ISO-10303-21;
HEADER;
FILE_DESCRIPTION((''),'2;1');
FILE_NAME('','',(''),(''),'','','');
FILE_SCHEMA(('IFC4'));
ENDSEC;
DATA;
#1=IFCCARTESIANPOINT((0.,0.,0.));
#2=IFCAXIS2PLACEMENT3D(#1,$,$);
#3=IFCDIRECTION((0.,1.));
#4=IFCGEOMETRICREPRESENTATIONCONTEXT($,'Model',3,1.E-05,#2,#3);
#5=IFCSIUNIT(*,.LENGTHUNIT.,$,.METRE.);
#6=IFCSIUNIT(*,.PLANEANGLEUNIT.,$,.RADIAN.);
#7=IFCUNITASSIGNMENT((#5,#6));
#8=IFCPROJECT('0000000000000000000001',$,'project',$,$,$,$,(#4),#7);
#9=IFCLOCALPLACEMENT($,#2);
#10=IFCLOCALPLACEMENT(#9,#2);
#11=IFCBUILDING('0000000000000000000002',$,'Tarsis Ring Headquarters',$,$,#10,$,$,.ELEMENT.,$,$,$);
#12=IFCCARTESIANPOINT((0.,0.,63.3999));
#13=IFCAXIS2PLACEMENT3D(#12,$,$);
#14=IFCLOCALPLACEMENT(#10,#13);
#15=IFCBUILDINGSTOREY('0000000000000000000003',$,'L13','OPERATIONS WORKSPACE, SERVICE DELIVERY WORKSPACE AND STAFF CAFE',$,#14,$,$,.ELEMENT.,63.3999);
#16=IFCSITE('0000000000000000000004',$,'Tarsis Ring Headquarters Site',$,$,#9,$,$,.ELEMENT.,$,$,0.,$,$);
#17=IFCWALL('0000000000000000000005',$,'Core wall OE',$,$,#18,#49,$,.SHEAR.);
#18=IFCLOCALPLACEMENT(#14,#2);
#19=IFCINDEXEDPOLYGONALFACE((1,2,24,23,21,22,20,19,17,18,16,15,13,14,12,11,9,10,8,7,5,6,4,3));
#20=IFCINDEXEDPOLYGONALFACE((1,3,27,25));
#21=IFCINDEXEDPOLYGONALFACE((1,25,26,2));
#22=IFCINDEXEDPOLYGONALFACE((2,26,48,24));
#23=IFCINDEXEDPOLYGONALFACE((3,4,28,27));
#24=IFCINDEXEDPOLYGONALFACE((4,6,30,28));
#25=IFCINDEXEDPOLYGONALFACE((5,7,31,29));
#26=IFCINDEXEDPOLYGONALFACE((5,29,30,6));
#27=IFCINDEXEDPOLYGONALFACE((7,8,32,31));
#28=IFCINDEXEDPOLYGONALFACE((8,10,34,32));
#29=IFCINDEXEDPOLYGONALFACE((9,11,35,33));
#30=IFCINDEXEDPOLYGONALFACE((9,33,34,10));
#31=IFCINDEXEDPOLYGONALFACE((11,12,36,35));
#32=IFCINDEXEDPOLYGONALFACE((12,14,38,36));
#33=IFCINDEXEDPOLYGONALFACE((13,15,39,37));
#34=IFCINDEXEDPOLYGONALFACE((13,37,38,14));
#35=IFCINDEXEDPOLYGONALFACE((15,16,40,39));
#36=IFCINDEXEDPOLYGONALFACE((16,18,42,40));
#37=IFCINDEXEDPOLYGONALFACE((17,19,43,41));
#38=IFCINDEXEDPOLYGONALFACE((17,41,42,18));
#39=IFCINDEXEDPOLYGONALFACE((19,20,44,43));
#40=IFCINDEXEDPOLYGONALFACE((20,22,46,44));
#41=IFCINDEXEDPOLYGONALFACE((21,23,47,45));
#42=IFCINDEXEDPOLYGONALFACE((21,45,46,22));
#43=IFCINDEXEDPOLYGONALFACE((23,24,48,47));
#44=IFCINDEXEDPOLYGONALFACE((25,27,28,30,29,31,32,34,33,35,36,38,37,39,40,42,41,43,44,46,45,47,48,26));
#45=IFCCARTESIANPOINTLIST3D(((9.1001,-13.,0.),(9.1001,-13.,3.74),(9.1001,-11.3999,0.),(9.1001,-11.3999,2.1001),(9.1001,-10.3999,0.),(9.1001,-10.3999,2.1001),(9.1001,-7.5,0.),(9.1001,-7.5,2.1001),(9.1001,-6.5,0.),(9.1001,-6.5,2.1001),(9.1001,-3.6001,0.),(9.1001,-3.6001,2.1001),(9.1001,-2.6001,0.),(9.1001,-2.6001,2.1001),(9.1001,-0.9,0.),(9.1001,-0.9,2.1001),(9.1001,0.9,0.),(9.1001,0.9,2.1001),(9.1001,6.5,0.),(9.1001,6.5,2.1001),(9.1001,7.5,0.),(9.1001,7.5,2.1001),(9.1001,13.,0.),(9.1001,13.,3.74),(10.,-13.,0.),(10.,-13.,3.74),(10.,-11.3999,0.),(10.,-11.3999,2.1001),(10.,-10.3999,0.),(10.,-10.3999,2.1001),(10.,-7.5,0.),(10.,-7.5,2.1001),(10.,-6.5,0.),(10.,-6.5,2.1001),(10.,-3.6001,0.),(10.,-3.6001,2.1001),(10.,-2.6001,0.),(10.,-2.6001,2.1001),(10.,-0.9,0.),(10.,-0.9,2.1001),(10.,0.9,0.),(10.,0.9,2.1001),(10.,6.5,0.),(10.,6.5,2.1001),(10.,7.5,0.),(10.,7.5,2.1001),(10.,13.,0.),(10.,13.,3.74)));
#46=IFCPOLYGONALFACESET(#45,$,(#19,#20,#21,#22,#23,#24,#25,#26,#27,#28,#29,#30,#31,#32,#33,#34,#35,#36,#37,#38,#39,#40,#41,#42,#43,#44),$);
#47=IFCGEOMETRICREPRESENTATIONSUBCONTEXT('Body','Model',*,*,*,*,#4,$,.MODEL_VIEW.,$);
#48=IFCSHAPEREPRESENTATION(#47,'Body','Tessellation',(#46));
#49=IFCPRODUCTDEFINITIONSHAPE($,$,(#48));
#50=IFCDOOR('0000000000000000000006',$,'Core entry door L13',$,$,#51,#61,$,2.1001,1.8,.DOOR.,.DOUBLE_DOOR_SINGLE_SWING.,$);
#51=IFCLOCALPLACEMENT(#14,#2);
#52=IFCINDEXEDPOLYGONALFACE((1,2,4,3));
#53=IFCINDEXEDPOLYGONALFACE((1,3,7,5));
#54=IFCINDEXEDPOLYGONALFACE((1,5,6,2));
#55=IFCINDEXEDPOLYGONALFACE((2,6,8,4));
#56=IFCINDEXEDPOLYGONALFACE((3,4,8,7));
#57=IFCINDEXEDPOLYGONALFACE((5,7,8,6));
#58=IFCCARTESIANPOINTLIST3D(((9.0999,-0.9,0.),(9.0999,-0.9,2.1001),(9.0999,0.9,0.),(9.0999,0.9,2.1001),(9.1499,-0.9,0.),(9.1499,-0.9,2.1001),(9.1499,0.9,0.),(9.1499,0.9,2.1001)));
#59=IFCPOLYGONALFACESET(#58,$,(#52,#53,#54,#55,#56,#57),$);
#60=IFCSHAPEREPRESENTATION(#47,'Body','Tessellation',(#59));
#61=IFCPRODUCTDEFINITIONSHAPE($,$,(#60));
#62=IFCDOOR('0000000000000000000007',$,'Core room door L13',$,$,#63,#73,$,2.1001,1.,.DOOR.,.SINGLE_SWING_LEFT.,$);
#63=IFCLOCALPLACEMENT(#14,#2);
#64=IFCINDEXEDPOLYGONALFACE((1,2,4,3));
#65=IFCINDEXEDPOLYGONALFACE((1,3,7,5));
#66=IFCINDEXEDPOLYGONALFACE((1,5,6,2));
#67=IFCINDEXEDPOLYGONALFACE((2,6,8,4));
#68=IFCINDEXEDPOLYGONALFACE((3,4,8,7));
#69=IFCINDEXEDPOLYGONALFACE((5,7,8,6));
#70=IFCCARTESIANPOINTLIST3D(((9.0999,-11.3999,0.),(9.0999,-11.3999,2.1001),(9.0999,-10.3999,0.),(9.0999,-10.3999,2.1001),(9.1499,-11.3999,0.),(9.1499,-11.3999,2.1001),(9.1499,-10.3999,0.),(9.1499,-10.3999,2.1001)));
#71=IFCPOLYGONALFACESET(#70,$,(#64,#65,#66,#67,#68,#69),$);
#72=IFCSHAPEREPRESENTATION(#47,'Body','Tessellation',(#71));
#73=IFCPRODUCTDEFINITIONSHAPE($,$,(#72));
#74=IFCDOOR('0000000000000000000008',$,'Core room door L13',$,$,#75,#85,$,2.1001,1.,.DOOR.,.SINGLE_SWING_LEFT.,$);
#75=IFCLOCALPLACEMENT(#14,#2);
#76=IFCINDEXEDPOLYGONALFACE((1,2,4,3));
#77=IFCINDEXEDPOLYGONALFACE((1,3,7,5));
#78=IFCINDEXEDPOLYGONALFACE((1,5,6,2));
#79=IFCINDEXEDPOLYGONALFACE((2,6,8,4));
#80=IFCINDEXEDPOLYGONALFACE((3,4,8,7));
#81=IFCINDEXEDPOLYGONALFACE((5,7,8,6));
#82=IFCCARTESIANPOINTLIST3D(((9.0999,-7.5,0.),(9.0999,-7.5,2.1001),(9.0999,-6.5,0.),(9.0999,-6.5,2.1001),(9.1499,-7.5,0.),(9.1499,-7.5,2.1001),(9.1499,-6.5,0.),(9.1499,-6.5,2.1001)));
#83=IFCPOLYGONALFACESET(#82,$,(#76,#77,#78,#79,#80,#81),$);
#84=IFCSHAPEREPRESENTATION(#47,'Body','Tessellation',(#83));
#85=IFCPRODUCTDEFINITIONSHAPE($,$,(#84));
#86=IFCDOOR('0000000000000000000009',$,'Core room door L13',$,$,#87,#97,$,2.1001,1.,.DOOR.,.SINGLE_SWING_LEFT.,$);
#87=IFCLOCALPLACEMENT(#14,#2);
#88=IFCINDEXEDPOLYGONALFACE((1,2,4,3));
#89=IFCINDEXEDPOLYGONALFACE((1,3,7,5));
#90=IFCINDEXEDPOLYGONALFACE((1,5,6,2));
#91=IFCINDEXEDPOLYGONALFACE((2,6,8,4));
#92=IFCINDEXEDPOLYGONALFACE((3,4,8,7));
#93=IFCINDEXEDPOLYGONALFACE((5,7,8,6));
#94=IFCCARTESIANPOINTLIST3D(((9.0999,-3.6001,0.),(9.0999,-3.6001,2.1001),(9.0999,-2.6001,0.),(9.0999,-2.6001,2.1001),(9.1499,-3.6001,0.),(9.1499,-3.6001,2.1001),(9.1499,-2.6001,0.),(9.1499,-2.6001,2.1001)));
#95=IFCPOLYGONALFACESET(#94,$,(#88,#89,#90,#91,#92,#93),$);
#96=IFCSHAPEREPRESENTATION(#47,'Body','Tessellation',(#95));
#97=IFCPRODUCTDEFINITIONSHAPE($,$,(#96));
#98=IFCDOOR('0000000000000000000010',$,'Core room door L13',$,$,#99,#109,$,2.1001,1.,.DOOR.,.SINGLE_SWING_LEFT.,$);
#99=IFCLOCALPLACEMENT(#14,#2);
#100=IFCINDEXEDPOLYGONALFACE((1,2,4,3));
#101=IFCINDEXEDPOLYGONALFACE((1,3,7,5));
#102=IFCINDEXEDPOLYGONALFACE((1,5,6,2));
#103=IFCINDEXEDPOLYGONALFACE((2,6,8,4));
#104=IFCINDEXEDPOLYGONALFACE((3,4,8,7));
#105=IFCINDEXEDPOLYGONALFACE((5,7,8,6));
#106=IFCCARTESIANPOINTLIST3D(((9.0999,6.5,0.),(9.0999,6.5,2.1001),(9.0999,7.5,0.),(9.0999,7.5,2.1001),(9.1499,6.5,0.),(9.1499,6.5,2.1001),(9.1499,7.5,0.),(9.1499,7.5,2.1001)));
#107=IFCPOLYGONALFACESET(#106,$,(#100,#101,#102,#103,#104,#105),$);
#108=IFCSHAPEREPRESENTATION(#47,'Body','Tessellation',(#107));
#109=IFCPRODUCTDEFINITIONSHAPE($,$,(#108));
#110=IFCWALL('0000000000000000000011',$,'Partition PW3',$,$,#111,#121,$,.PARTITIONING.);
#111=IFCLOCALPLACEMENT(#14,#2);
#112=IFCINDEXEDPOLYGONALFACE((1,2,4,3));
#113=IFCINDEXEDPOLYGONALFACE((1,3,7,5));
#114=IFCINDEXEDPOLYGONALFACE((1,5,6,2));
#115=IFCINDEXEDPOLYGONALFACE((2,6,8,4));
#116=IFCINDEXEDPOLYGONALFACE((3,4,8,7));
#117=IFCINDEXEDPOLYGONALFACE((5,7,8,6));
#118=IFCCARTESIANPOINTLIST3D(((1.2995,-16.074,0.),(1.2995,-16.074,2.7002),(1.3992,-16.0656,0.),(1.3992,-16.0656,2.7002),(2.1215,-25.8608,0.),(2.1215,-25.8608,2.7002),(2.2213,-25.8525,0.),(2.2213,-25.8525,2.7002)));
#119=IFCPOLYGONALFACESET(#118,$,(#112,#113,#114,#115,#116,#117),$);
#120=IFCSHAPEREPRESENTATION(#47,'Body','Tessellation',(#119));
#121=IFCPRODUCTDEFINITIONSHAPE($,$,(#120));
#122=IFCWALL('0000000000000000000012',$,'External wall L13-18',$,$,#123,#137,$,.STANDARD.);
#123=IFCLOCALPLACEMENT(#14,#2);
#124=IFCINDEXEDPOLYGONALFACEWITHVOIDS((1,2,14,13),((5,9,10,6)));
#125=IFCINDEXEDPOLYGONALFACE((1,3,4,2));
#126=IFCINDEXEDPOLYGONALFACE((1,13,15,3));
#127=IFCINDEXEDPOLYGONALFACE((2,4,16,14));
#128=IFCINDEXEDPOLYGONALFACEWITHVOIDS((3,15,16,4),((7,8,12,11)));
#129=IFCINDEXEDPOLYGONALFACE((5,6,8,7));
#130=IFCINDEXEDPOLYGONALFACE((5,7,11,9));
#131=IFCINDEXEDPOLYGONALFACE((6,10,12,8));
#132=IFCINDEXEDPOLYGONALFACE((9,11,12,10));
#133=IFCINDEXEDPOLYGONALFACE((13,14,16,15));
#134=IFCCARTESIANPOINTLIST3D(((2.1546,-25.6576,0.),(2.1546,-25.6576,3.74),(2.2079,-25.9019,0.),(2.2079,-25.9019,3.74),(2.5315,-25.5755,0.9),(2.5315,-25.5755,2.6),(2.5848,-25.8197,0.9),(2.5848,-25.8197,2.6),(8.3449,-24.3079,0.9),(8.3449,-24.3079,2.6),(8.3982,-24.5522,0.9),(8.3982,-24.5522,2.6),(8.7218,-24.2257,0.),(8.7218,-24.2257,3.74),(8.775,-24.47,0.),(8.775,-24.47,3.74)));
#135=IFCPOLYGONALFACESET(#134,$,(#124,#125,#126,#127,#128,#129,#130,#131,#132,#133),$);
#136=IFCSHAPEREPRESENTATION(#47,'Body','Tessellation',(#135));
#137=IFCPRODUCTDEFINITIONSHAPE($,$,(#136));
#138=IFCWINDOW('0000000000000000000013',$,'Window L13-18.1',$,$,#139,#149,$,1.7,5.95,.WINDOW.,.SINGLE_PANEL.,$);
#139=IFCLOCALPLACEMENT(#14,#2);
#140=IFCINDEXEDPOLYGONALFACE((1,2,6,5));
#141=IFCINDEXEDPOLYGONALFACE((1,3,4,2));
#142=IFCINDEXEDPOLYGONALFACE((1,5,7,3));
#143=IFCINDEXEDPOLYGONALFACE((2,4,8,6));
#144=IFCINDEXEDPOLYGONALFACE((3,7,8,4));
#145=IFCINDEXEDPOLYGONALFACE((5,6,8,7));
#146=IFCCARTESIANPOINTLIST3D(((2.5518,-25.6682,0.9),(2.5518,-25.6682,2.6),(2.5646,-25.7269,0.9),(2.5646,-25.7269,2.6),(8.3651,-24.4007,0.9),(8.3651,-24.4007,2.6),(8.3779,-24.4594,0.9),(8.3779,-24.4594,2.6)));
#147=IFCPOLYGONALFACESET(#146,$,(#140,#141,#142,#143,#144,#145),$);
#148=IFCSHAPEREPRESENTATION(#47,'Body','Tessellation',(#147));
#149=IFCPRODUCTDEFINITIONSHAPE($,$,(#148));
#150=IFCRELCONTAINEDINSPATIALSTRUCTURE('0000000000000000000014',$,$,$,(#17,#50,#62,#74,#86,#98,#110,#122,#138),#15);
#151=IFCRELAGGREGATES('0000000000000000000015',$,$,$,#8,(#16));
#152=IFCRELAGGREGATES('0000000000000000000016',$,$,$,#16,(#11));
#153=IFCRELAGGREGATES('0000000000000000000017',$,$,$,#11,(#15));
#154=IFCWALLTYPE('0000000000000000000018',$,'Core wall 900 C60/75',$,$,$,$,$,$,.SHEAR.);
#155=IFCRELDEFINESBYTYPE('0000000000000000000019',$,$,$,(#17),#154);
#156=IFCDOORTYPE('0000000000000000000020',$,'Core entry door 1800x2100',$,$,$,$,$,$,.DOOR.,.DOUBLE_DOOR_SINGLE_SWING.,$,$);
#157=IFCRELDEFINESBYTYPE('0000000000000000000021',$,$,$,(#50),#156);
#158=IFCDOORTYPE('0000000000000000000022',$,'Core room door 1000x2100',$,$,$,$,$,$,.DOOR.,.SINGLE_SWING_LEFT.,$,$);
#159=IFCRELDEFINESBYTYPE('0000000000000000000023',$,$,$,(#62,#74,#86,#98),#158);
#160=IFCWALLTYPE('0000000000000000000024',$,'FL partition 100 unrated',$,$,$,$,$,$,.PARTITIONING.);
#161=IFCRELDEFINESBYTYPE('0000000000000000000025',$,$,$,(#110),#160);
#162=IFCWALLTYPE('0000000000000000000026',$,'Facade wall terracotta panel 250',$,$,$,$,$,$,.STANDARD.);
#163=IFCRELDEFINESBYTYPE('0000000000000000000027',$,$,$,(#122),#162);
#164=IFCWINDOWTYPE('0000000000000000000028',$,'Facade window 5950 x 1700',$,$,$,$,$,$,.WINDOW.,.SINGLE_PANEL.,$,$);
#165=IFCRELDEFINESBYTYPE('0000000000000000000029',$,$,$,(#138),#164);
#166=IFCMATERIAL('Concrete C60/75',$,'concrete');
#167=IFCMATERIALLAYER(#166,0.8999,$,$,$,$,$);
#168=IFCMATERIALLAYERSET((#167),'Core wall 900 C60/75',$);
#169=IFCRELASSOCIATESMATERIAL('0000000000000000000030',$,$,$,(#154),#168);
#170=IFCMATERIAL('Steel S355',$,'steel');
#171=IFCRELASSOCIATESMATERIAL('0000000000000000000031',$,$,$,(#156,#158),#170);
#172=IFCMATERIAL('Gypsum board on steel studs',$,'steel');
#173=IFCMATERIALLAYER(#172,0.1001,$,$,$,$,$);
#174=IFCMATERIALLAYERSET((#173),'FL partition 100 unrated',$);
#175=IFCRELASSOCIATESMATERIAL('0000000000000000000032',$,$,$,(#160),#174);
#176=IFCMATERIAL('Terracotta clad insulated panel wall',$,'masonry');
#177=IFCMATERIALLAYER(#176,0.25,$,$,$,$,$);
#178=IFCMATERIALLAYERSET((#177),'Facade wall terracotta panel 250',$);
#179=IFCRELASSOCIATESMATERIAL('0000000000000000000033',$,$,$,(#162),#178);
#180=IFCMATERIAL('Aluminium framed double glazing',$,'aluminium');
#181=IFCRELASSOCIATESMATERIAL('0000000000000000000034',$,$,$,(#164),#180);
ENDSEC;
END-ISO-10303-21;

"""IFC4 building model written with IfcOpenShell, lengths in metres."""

from ifc_helpers import new_model, si_unit, direction, frame, frame_2d, origin, place, context, subcontext, project, spatial, rectangle, extrude, material, layer, layer_set, type_object, element, fill, save


model = new_model("IFC4")

# Units and contexts
model_context = context("Model", 3, precision=1e-05, world=origin(), true_north=direction((0.0, 1.0)))
body_context = subcontext(model_context, "Body", "Model", "MODEL_VIEW")
ifc_project = project(units=[si_unit("LENGTHUNIT", "METRE"), si_unit("PLANEANGLEUNIT", "RADIAN")], contexts=[model_context])

# Site, building, storey
site_placement = place(None, origin())
site = spatial("IfcSite", under=ifc_project, at=site_placement, Name="Tarsis Ring Headquarters Site", CompositionType="ELEMENT", RefElevation=0.0)
building_placement = place(site_placement, origin())
building = spatial("IfcBuilding", under=site, at=building_placement, Name="Tarsis Ring Headquarters", CompositionType="ELEMENT")
storey_placement = place(building_placement, frame((0.0, 0.0, 63.3999)))
storey = spatial("IfcBuildingStorey", under=building, at=storey_placement, Name="L13", Description="OPERATIONS WORKSPACE, SERVICE DELIVERY WORKSPACE AND STAFF CAFE", CompositionType="ELEMENT", Elevation=63.3999)

# Wall, openings, doors
ifc_material_1 = material(Name="Concrete C60/75", Category="concrete")
ifc_layer_1 = layer(ifc_material_1, 0.8999)
ifc_layer_set_1 = layer_set([ifc_layer_1], Name="Core wall 900 C60/75")
wall_type_1 = type_object("IfcWallType", Name="Core wall 900 C60/75", PredefinedType="SHEAR", material=ifc_layer_set_1)
wall_1_placement = place(storey_placement, frame((9.55, -13.0, 0.0), z_axis=(0.0, 0.0, 1.0), x_axis=(0.0, 1.0, 0.0)))
wall_1 = element("IfcWall", 1, at=wall_1_placement, inside=storey, type_object=wall_type_1, Name="Core wall OE", PredefinedType="SHEAR", context=body_context, shape_type="SweptSolid", body=[
    extrude(rectangle(XDim=26.0, YDim=0.8999, at=frame_2d((13.0, 0.0))), origin(), (0.0, 0.0, 1.0), 3.74),
])
opening_1_placement = place(wall_1_placement, frame((1.6001, 0.0, 0.0)))
opening_1 = element("IfcOpeningElement", 2, at=opening_1_placement, cuts=wall_1, PredefinedType="OPENING", context=body_context, shape_type="SweptSolid", body=[
    extrude(rectangle(XDim=1.0, YDim=2.1001, at=frame_2d((0.5, 1.05))), frame((0.0, 0.46, 0.0), z_axis=(0.0, -1.0, 0.0), x_axis=(1.0, 0.0, 0.0)), (0.0, 0.0, 1.0), 0.9199),
])
opening_2_placement = place(wall_1_placement, frame((5.5, 0.0, 0.0)))
opening_2 = element("IfcOpeningElement", 3, at=opening_2_placement, cuts=wall_1, PredefinedType="OPENING", context=body_context, shape_type="SweptSolid", body=[
    extrude(rectangle(XDim=1.0, YDim=2.1001, at=frame_2d((0.5, 1.05))), frame((0.0, 0.46, 0.0), z_axis=(0.0, -1.0, 0.0), x_axis=(1.0, 0.0, 0.0)), (0.0, 0.0, 1.0), 0.9199),
])
opening_3_placement = place(wall_1_placement, frame((9.3999, 0.0, 0.0)))
opening_3 = element("IfcOpeningElement", 4, at=opening_3_placement, cuts=wall_1, PredefinedType="OPENING", context=body_context, shape_type="SweptSolid", body=[
    extrude(rectangle(XDim=1.0, YDim=2.1001, at=frame_2d((0.5, 1.05))), frame((0.0, 0.46, 0.0), z_axis=(0.0, -1.0, 0.0), x_axis=(1.0, 0.0, 0.0)), (0.0, 0.0, 1.0), 0.9199),
])
opening_4_placement = place(wall_1_placement, frame((12.1001, 0.0, 0.0)))
opening_4 = element("IfcOpeningElement", 5, at=opening_4_placement, cuts=wall_1, PredefinedType="OPENING", context=body_context, shape_type="SweptSolid", body=[
    extrude(rectangle(XDim=1.8, YDim=2.1001, at=frame_2d((0.8999, 1.05))), frame((0.0, 0.46, 0.0), z_axis=(0.0, -1.0, 0.0), x_axis=(1.0, 0.0, 0.0)), (0.0, 0.0, 1.0), 0.9199),
])
opening_5_placement = place(wall_1_placement, frame((19.5, 0.0, 0.0)))
opening_5 = element("IfcOpeningElement", 6, at=opening_5_placement, cuts=wall_1, PredefinedType="OPENING", context=body_context, shape_type="SweptSolid", body=[
    extrude(rectangle(XDim=1.0, YDim=2.1001, at=frame_2d((0.5, 1.05))), frame((0.0, 0.46, 0.0), z_axis=(0.0, -1.0, 0.0), x_axis=(1.0, 0.0, 0.0)), (0.0, 0.0, 1.0), 0.9199),
])
ifc_material_2 = material(Name="Steel S355", Category="steel")
door_type_1 = type_object("IfcDoorType", Name="Core entry door 1800x2100", OperationType="DOUBLE_DOOR_SINGLE_SWING", PredefinedType="DOOR", material=ifc_material_2)
door_1_placement = place(opening_4_placement, origin())
door_1 = element("IfcDoor", 7, at=door_1_placement, inside=storey, type_object=door_type_1, Name="Core entry door L13", OperationType="DOUBLE_DOOR_SINGLE_SWING", OverallHeight=2.1001, OverallWidth=1.8, PredefinedType="DOOR", context=body_context, shape_type="SweptSolid", body=[
    extrude(rectangle(XDim=1.8, YDim=2.1001, at=frame_2d((0.8999, 1.05))), frame((0.0, 0.4502, 0.0), z_axis=(0.0, -1.0, 0.0), x_axis=(1.0, 0.0, 0.0)), (0.0, 0.0, 1.0), 0.05),
])
fill(opening_4, door_1)
door_type_2 = type_object("IfcDoorType", Name="Core room door 1000x2100", OperationType="SINGLE_SWING_LEFT", PredefinedType="DOOR", material=ifc_material_2)
door_2_placement = place(opening_1_placement, origin())
door_2 = element("IfcDoor", 8, at=door_2_placement, inside=storey, type_object=door_type_2, Name="Core room door L13", OperationType="SINGLE_SWING_LEFT", OverallHeight=2.1001, OverallWidth=1.0, PredefinedType="DOOR", context=body_context, shape_type="SweptSolid", body=[
    extrude(rectangle(XDim=1.0, YDim=2.1001, at=frame_2d((0.5, 1.05))), frame((0.0, 0.4502, 0.0), z_axis=(0.0, -1.0, 0.0), x_axis=(1.0, 0.0, 0.0)), (0.0, 0.0, 1.0), 0.05),
])
fill(opening_1, door_2)
door_3_placement = place(opening_2_placement, origin())
door_3 = element("IfcDoor", 9, at=door_3_placement, inside=storey, type_object=door_type_2, Name="Core room door L13", OperationType="SINGLE_SWING_LEFT", OverallHeight=2.1001, OverallWidth=1.0, PredefinedType="DOOR", context=body_context, shape_type="SweptSolid", body=[
    extrude(rectangle(XDim=1.0, YDim=2.1001, at=frame_2d((0.5, 1.05))), frame((0.0, 0.4502, 0.0), z_axis=(0.0, -1.0, 0.0), x_axis=(1.0, 0.0, 0.0)), (0.0, 0.0, 1.0), 0.05),
])
fill(opening_2, door_3)
door_4_placement = place(opening_3_placement, origin())
door_4 = element("IfcDoor", 10, at=door_4_placement, inside=storey, type_object=door_type_2, Name="Core room door L13", OperationType="SINGLE_SWING_LEFT", OverallHeight=2.1001, OverallWidth=1.0, PredefinedType="DOOR", context=body_context, shape_type="SweptSolid", body=[
    extrude(rectangle(XDim=1.0, YDim=2.1001, at=frame_2d((0.5, 1.05))), frame((0.0, 0.4502, 0.0), z_axis=(0.0, -1.0, 0.0), x_axis=(1.0, 0.0, 0.0)), (0.0, 0.0, 1.0), 0.05),
])
fill(opening_3, door_4)
door_5_placement = place(opening_5_placement, origin())
door_5 = element("IfcDoor", 11, at=door_5_placement, inside=storey, type_object=door_type_2, Name="Core room door L13", OperationType="SINGLE_SWING_LEFT", OverallHeight=2.1001, OverallWidth=1.0, PredefinedType="DOOR", context=body_context, shape_type="SweptSolid", body=[
    extrude(rectangle(XDim=1.0, YDim=2.1001, at=frame_2d((0.5, 1.05))), frame((0.0, 0.4502, 0.0), z_axis=(0.0, -1.0, 0.0), x_axis=(1.0, 0.0, 0.0)), (0.0, 0.0, 1.0), 0.05),
])
fill(opening_5, door_5)

# Wall
ifc_material_3 = material(Name="Gypsum board on steel studs", Category="steel")
ifc_layer_2 = layer(ifc_material_3, 0.1001)
ifc_layer_set_2 = layer_set([ifc_layer_2], Name="FL partition 100 unrated")
wall_type_2 = type_object("IfcWallType", Name="FL partition 100 unrated", PredefinedType="PARTITIONING", material=ifc_layer_set_2)
wall_2_placement = place(storey_placement, frame((1.3494, -16.0698, 0.0), z_axis=(0.0, 0.0, 1.0), x_axis=(0.083698, -0.996491, 0.0)))
element("IfcWall", 12, at=wall_2_placement, inside=storey, type_object=wall_type_2, Name="Partition PW3", PredefinedType="PARTITIONING", context=body_context, shape_type="SweptSolid", body=[
    extrude(rectangle(XDim=9.8213, YDim=0.1001, at=frame_2d((4.9106, 0.0))), origin(), (0.0, 0.0, 1.0), 2.7002),
])

# Wall, opening, window
ifc_material_4 = material(Name="Terracotta clad insulated panel wall", Category="masonry")
ifc_layer_3 = layer(ifc_material_4, 0.25)
ifc_layer_set_3 = layer_set([ifc_layer_3], Name="Facade wall terracotta panel 250")
wall_type_3 = type_object("IfcWallType", Name="Facade wall terracotta panel 250", PredefinedType="STANDARD", material=ifc_layer_set_3)
wall_3_placement = place(storey_placement, frame((2.1812, -25.7798, 0.0), z_axis=(0.0, 0.0, 1.0), x_axis=(0.977045, 0.213033, 0.0)))
wall_3 = element("IfcWall", 13, at=wall_3_placement, inside=storey, type_object=wall_type_3, Name="External wall L13-18", PredefinedType="STANDARD", context=body_context, shape_type="SweptSolid", body=[
    extrude(rectangle(XDim=6.7214, YDim=0.25, at=frame_2d((3.3608, 0.0))), origin(), (0.0, 0.0, 1.0), 3.74),
])
opening_6_placement = place(wall_3_placement, frame((0.3857, 0.0, 0.8999)))
opening_6 = element("IfcOpeningElement", 14, at=opening_6_placement, cuts=wall_3, PredefinedType="OPENING", context=body_context, shape_type="SweptSolid", body=[
    extrude(rectangle(XDim=5.95, YDim=1.7, at=frame_2d((2.9751, 0.8501))), frame((0.0, 0.135, 0.0), z_axis=(0.0, -1.0, 0.0), x_axis=(1.0, 0.0, 0.0)), (0.0, 0.0, 1.0), 0.27),
])
ifc_material_5 = material(Name="Aluminium framed double glazing", Category="aluminium")
window_type = type_object("IfcWindowType", Name="Facade window 5950 x 1700", PartitioningType="SINGLE_PANEL", PredefinedType="WINDOW", material=ifc_material_5)
window_1_placement = place(opening_6_placement, origin())
window_1 = element("IfcWindow", 15, at=window_1_placement, inside=storey, type_object=window_type, Name="Window L13-18.1", OverallHeight=1.7, OverallWidth=5.95, PartitioningType="SINGLE_PANEL", PredefinedType="WINDOW", context=body_context, shape_type="SweptSolid", body=[
    extrude(rectangle(XDim=5.95, YDim=1.7, at=frame_2d((2.9751, 0.8501))), frame((0.0, 0.03, 0.0), z_axis=(0.0, -1.0, 0.0), x_axis=(1.0, 0.0, 0.0)), (0.0, 0.0, 1.0), 0.0601),
])
fill(opening_6, window_1)

save(model, "model.ifc")
